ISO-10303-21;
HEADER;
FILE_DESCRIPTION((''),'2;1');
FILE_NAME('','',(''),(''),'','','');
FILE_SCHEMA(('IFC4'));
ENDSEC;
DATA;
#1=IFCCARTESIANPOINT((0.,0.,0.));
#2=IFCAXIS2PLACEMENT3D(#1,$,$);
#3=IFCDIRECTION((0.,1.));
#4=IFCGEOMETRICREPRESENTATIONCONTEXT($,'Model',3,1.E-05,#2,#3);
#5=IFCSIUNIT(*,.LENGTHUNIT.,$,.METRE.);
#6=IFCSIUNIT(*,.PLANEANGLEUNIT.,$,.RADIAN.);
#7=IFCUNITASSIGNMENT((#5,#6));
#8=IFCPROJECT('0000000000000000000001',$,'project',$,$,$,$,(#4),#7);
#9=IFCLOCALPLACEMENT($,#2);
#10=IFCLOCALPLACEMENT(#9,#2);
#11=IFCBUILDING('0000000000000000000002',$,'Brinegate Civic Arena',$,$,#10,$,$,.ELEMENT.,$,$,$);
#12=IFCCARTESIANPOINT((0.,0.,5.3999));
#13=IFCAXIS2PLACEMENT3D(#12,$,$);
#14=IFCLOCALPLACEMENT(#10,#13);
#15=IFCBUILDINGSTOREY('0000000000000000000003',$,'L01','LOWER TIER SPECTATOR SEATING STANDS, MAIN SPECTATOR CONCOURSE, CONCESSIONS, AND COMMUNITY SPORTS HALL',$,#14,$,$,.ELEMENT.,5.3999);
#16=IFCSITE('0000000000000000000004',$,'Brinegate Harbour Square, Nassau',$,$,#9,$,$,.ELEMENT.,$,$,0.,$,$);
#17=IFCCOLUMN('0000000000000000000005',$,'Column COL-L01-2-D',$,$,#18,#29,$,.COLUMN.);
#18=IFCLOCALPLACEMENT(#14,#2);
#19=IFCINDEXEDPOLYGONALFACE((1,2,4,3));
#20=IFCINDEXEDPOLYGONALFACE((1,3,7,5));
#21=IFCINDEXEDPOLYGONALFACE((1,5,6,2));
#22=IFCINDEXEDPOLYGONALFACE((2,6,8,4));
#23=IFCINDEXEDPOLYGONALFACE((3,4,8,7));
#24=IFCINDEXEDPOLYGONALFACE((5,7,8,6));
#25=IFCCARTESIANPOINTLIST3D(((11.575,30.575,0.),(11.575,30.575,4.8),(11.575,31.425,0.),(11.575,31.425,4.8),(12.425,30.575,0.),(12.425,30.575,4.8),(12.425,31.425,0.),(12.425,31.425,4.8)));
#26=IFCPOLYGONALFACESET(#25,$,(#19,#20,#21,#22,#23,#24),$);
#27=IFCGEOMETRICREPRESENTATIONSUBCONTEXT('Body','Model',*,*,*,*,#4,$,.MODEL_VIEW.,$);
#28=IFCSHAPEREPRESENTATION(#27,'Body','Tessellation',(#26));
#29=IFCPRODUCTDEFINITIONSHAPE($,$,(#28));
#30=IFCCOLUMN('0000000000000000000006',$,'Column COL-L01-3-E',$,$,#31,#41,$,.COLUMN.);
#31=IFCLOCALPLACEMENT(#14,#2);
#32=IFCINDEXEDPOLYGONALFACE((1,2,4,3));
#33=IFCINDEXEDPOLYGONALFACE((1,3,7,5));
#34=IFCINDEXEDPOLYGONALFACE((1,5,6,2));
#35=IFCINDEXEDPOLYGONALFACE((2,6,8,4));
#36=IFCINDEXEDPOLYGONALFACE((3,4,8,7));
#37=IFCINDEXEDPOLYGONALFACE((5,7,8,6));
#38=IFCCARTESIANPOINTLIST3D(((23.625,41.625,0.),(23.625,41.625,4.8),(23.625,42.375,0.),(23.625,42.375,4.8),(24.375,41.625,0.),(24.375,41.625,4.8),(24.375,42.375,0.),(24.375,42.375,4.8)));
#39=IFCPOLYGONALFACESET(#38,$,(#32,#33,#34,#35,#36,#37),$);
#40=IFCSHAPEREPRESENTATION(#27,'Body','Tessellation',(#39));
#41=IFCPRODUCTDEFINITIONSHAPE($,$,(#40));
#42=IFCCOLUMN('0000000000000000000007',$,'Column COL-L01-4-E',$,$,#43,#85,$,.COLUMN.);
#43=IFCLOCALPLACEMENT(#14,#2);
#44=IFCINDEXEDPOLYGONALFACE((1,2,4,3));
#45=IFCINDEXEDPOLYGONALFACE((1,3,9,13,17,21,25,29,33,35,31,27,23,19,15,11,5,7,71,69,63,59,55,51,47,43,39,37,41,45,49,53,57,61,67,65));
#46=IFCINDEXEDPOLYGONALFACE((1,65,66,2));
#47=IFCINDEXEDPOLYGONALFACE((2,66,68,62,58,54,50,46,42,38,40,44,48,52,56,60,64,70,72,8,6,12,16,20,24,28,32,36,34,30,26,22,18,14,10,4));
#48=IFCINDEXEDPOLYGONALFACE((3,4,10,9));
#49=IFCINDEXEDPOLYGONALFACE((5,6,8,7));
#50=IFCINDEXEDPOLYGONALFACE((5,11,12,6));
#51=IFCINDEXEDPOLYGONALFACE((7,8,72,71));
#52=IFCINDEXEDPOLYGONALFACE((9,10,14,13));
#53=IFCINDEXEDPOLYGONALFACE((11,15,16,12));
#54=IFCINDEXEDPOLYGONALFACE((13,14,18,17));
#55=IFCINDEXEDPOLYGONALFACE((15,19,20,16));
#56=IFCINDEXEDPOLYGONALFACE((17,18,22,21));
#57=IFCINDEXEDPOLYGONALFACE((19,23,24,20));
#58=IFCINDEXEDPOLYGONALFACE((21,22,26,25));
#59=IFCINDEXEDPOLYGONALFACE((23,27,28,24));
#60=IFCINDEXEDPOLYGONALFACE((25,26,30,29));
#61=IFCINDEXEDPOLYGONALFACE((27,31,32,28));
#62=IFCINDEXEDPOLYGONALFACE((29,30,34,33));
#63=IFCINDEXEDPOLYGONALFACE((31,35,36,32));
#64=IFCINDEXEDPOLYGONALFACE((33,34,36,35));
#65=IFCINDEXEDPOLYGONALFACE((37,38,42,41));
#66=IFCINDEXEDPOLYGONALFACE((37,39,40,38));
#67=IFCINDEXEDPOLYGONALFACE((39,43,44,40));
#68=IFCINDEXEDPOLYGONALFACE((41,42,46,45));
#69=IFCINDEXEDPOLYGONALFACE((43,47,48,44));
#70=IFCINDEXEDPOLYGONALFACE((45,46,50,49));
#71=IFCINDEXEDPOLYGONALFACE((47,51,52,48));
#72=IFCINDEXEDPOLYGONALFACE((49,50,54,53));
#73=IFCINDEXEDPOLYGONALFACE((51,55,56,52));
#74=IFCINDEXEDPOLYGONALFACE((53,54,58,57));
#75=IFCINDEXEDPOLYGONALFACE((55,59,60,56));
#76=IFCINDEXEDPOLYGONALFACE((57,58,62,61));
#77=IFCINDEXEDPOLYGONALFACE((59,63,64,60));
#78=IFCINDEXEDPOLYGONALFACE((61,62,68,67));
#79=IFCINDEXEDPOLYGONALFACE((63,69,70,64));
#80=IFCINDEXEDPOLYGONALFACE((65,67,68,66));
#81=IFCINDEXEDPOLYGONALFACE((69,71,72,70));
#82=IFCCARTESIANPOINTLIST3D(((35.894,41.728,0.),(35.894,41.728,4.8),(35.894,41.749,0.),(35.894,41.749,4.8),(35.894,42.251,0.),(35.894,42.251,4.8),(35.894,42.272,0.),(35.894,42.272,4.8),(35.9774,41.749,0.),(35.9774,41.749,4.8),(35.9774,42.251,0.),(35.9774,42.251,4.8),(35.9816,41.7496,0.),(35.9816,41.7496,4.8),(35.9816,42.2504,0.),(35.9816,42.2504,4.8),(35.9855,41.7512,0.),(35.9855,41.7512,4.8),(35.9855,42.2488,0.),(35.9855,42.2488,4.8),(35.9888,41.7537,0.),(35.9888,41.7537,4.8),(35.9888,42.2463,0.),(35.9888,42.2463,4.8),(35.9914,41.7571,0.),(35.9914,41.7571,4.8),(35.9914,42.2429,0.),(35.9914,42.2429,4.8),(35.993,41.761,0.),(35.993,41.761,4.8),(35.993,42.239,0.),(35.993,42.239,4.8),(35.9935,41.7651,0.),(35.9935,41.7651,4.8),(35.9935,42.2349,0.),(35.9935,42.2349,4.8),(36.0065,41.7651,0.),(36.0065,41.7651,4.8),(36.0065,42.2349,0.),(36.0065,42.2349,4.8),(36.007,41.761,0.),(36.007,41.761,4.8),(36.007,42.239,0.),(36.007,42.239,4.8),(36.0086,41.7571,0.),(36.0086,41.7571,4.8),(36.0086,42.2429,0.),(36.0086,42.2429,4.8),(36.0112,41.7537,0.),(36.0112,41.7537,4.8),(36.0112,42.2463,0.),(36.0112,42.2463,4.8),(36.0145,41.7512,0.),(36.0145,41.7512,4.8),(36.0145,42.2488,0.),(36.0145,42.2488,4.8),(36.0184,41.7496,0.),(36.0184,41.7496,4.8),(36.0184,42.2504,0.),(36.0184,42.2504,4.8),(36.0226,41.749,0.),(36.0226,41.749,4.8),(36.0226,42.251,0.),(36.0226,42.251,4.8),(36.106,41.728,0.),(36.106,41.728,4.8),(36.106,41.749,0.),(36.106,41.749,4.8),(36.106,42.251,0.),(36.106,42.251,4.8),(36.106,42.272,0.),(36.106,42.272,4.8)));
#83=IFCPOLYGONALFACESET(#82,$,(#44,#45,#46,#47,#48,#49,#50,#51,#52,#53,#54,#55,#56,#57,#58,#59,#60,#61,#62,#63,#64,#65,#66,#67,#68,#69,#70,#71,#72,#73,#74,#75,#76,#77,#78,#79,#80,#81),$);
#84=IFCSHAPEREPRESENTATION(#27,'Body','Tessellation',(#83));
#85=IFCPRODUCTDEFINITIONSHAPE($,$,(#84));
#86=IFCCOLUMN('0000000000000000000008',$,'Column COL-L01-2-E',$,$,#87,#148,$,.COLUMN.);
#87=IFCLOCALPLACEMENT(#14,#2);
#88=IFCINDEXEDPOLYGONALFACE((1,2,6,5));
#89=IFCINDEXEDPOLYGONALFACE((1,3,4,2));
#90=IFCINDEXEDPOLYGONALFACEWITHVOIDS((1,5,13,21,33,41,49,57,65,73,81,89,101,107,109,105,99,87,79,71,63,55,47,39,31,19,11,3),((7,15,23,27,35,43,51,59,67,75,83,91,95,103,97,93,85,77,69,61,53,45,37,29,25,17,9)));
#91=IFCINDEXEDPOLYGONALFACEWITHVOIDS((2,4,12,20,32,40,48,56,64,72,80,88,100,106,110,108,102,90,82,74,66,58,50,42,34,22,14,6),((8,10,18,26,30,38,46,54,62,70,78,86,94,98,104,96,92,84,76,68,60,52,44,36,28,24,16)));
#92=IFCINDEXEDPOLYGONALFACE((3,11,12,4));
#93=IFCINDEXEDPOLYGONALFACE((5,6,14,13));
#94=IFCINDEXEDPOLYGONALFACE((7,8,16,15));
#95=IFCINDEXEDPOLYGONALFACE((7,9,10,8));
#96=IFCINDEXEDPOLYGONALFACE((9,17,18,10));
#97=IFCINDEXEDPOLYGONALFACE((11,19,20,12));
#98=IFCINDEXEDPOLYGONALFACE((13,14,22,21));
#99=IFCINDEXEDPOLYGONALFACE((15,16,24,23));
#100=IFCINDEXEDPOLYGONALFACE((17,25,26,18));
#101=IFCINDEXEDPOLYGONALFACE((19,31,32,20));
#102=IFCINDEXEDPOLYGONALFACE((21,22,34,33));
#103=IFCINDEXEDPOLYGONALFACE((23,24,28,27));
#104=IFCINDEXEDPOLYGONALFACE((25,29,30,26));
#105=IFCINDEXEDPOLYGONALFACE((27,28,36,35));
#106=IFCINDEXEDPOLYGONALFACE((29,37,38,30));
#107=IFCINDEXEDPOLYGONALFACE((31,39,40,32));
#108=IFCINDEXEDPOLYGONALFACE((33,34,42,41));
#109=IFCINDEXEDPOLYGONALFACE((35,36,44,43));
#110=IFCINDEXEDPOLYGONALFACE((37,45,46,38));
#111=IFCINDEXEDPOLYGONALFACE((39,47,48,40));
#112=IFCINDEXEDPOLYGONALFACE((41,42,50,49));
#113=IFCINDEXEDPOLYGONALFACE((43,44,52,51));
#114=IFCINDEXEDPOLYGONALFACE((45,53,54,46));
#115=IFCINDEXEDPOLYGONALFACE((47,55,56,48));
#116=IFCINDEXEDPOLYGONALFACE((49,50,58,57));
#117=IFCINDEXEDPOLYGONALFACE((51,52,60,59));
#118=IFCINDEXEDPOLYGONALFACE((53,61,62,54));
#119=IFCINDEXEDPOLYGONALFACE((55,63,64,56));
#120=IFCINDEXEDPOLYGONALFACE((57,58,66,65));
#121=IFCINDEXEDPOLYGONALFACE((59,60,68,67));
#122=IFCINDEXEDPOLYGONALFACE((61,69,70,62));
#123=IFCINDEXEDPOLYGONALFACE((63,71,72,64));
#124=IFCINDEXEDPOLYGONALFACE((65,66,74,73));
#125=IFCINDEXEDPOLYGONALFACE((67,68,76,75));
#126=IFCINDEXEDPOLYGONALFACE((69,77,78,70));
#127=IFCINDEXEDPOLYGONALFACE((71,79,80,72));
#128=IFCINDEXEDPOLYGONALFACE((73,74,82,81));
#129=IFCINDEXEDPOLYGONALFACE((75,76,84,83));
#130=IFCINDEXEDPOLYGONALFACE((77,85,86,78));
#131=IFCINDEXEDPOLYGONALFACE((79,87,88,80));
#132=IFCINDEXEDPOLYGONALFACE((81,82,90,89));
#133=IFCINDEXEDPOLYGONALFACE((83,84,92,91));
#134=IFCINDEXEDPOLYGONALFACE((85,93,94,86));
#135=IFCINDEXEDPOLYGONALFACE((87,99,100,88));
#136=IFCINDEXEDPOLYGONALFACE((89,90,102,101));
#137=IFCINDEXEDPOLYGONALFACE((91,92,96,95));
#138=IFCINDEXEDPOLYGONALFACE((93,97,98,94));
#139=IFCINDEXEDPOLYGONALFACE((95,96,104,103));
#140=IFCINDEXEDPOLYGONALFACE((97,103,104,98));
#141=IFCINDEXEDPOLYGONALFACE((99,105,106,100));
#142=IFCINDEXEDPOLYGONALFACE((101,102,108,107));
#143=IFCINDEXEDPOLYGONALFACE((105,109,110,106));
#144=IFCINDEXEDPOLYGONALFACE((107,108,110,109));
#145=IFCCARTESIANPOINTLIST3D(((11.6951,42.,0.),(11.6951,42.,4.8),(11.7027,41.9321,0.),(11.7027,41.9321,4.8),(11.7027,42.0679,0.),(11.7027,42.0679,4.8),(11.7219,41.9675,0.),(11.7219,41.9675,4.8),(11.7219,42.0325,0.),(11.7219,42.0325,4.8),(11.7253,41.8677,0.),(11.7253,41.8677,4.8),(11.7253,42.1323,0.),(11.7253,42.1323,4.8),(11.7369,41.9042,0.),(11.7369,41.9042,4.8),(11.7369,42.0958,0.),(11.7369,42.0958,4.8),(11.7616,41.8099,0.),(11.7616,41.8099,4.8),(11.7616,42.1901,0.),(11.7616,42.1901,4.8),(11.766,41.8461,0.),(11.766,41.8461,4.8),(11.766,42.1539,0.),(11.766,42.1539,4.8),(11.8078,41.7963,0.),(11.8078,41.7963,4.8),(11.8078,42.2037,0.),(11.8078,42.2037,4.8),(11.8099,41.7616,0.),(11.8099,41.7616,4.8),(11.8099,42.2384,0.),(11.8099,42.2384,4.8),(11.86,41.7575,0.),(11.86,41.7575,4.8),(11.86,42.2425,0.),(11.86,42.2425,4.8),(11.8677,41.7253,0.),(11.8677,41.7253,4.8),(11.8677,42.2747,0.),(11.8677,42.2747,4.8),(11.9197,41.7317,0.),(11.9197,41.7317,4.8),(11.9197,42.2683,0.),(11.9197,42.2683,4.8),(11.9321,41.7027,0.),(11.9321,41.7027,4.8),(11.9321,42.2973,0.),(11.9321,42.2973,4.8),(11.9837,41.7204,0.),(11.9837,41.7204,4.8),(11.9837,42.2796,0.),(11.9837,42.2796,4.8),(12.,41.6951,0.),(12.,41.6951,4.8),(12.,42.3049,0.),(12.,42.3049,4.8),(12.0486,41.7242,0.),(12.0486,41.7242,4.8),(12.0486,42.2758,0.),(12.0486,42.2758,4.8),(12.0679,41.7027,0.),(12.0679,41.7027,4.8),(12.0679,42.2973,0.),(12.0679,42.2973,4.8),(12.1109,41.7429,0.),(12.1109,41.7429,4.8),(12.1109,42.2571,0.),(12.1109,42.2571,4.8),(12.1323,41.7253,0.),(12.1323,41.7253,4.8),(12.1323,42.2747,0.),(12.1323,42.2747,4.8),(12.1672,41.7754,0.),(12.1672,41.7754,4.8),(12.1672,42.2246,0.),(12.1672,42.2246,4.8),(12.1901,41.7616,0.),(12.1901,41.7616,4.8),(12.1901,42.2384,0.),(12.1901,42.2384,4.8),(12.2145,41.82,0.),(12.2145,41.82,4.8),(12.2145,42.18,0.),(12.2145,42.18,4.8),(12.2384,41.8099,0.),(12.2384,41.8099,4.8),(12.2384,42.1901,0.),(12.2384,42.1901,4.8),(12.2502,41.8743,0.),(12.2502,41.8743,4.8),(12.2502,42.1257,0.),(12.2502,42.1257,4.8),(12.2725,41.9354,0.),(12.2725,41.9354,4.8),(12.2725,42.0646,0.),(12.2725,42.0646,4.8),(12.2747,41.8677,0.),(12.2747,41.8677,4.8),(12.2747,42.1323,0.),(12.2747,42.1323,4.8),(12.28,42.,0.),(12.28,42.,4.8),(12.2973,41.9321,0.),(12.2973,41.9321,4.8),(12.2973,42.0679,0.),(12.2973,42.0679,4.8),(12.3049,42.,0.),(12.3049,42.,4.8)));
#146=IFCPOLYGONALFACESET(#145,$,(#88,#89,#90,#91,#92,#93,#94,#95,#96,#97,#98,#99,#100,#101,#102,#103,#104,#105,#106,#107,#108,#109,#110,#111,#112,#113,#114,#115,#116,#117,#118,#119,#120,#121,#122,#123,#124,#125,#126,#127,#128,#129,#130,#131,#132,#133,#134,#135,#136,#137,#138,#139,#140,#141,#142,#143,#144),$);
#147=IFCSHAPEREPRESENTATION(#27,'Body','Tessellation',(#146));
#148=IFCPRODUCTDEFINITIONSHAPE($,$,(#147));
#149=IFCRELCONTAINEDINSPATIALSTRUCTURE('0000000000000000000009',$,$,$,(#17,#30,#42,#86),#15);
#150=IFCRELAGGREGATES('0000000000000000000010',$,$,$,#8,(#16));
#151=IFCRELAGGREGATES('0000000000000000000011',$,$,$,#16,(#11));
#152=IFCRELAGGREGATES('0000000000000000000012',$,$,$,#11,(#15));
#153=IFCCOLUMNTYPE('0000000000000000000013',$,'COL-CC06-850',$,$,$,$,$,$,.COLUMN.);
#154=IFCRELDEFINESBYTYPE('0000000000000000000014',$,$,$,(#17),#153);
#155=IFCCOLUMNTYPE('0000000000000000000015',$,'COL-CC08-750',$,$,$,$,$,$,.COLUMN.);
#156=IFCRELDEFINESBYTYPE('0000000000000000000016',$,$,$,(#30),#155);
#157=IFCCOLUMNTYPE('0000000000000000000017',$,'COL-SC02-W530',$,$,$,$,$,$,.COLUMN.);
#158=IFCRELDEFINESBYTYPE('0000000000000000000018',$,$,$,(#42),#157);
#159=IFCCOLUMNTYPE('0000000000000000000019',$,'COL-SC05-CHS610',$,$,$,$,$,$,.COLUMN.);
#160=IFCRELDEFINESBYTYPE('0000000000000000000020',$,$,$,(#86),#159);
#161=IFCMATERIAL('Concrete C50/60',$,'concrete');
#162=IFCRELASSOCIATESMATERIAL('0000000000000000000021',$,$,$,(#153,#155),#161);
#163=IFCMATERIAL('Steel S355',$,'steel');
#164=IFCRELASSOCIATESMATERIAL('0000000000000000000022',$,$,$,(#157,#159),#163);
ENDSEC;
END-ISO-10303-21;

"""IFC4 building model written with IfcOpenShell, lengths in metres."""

from ifc_helpers import new_model, si_unit, direction, frame, origin, origin_2d, place, context, subcontext, project, spatial, rectangle, hollow_circle, i_section, extrude, material, material_profile, profile_set, type_object, element, save


model = new_model("IFC4")

# Units and contexts
model_context = context("Model", 3, precision=1e-05, world=origin(), true_north=direction((0.0, 1.0)))
body_context = subcontext(model_context, "Body", "Model", "MODEL_VIEW")
ifc_project = project(units=[si_unit("LENGTHUNIT", "METRE"), si_unit("PLANEANGLEUNIT", "RADIAN")], contexts=[model_context])

# Site, building, storey
site_placement = place(None, origin())
site = spatial("IfcSite", under=ifc_project, at=site_placement, Name="Brinegate Harbour Square, Nassau", CompositionType="ELEMENT", RefElevation=0.0)
building_placement = place(site_placement, origin())
building = spatial("IfcBuilding", under=site, at=building_placement, Name="Brinegate Civic Arena", CompositionType="ELEMENT")
storey_placement = place(building_placement, frame((0.0, 0.0, 5.3999)))
storey = spatial("IfcBuildingStorey", under=building, at=storey_placement, Name="L01", Description="LOWER TIER SPECTATOR SEATING STANDS, MAIN SPECTATOR CONCOURSE, CONCESSIONS, AND COMMUNITY SPORTS HALL", CompositionType="ELEMENT", Elevation=5.3999)

# Columns
ifc_material_1 = material(Name="Concrete C50/60", Category="concrete")
ifc_material_profile_1 = material_profile(ifc_material_1, rectangle(XDim=0.8501, YDim=0.8501, at=origin_2d()), Name="RC850X850")
ifc_profile_set_1 = profile_set([ifc_material_profile_1], Name="Concrete C50/60")
column_type_1 = type_object("IfcColumnType", Name="COL-CC06-850", PredefinedType="COLUMN", material=ifc_profile_set_1)
column_1_placement = place(storey_placement, frame((12.0, 31.0, 0.0), z_axis=(0.0, 0.0, 1.0), x_axis=(1.0, 0.0, 0.0)))
element("IfcColumn", 1, at=column_1_placement, inside=storey, type_object=column_type_1, Name="Column COL-L01-2-D", PredefinedType="COLUMN", context=body_context, shape_type="SweptSolid", body=[
    extrude(rectangle(XDim=0.8501, YDim=0.8501, at=origin_2d()), origin(), (0.0, 0.0, 1.0), 4.8),
])
ifc_material_profile_2 = material_profile(ifc_material_1, rectangle(XDim=0.75, YDim=0.75, at=origin_2d()), Name="RC750X750")
ifc_profile_set_2 = profile_set([ifc_material_profile_2], Name="Concrete C50/60")
column_type_2 = type_object("IfcColumnType", Name="COL-CC08-750", PredefinedType="COLUMN", material=ifc_profile_set_2)
column_2_placement = place(storey_placement, frame((24.0, 42.0, 0.0), z_axis=(0.0, 0.0, 1.0), x_axis=(1.0, 0.0, 0.0)))
element("IfcColumn", 2, at=column_2_placement, inside=storey, type_object=column_type_2, Name="Column COL-L01-3-E", PredefinedType="COLUMN", context=body_context, shape_type="SweptSolid", body=[
    extrude(rectangle(XDim=0.75, YDim=0.75, at=origin_2d()), origin(), (0.0, 0.0, 1.0), 4.8),
])
ifc_material_2 = material(Name="Steel S355", Category="steel")
ifc_material_profile_3 = material_profile(ifc_material_2, i_section(OverallWidth=0.2119, OverallDepth=0.5439, WebThickness=0.0129, FlangeThickness=0.021, FilletRadius=0.0161, at=origin_2d()), Name="W530X123")
ifc_profile_set_3 = profile_set([ifc_material_profile_3], Name="Steel S355")
column_type_3 = type_object("IfcColumnType", Name="COL-SC02-W530", PredefinedType="COLUMN", material=ifc_profile_set_3)
column_3_placement = place(storey_placement, frame((36.0, 42.0, 0.0), z_axis=(0.0, 0.0, 1.0), x_axis=(1.0, 0.0, 0.0)))
element("IfcColumn", 3, at=column_3_placement, inside=storey, type_object=column_type_3, Name="Column COL-L01-4-E", PredefinedType="COLUMN", context=body_context, shape_type="SweptSolid", body=[
    extrude(i_section(OverallWidth=0.2119, OverallDepth=0.5439, WebThickness=0.0129, FlangeThickness=0.021, FilletRadius=0.0161, at=origin_2d()), origin(), (0.0, 0.0, 1.0), 4.8),
])
ifc_material_profile_4 = material_profile(ifc_material_2, hollow_circle(Radius=0.3049, WallThickness=0.0249, at=origin_2d()), Name="CHS610X25")
ifc_profile_set_4 = profile_set([ifc_material_profile_4], Name="Steel S355")
column_type_4 = type_object("IfcColumnType", Name="COL-SC05-CHS610", PredefinedType="COLUMN", material=ifc_profile_set_4)
column_4_placement = place(storey_placement, frame((12.0, 42.0, 0.0), z_axis=(0.0, 0.0, 1.0), x_axis=(1.0, 0.0, 0.0)))
element("IfcColumn", 4, at=column_4_placement, inside=storey, type_object=column_type_4, Name="Column COL-L01-2-E", PredefinedType="COLUMN", context=body_context, shape_type="SweptSolid", body=[
    extrude(hollow_circle(Radius=0.3049, WallThickness=0.0249, at=origin_2d()), origin(), (0.0, 0.0, 1.0), 4.8),
])

save(model, "model.ifc")
